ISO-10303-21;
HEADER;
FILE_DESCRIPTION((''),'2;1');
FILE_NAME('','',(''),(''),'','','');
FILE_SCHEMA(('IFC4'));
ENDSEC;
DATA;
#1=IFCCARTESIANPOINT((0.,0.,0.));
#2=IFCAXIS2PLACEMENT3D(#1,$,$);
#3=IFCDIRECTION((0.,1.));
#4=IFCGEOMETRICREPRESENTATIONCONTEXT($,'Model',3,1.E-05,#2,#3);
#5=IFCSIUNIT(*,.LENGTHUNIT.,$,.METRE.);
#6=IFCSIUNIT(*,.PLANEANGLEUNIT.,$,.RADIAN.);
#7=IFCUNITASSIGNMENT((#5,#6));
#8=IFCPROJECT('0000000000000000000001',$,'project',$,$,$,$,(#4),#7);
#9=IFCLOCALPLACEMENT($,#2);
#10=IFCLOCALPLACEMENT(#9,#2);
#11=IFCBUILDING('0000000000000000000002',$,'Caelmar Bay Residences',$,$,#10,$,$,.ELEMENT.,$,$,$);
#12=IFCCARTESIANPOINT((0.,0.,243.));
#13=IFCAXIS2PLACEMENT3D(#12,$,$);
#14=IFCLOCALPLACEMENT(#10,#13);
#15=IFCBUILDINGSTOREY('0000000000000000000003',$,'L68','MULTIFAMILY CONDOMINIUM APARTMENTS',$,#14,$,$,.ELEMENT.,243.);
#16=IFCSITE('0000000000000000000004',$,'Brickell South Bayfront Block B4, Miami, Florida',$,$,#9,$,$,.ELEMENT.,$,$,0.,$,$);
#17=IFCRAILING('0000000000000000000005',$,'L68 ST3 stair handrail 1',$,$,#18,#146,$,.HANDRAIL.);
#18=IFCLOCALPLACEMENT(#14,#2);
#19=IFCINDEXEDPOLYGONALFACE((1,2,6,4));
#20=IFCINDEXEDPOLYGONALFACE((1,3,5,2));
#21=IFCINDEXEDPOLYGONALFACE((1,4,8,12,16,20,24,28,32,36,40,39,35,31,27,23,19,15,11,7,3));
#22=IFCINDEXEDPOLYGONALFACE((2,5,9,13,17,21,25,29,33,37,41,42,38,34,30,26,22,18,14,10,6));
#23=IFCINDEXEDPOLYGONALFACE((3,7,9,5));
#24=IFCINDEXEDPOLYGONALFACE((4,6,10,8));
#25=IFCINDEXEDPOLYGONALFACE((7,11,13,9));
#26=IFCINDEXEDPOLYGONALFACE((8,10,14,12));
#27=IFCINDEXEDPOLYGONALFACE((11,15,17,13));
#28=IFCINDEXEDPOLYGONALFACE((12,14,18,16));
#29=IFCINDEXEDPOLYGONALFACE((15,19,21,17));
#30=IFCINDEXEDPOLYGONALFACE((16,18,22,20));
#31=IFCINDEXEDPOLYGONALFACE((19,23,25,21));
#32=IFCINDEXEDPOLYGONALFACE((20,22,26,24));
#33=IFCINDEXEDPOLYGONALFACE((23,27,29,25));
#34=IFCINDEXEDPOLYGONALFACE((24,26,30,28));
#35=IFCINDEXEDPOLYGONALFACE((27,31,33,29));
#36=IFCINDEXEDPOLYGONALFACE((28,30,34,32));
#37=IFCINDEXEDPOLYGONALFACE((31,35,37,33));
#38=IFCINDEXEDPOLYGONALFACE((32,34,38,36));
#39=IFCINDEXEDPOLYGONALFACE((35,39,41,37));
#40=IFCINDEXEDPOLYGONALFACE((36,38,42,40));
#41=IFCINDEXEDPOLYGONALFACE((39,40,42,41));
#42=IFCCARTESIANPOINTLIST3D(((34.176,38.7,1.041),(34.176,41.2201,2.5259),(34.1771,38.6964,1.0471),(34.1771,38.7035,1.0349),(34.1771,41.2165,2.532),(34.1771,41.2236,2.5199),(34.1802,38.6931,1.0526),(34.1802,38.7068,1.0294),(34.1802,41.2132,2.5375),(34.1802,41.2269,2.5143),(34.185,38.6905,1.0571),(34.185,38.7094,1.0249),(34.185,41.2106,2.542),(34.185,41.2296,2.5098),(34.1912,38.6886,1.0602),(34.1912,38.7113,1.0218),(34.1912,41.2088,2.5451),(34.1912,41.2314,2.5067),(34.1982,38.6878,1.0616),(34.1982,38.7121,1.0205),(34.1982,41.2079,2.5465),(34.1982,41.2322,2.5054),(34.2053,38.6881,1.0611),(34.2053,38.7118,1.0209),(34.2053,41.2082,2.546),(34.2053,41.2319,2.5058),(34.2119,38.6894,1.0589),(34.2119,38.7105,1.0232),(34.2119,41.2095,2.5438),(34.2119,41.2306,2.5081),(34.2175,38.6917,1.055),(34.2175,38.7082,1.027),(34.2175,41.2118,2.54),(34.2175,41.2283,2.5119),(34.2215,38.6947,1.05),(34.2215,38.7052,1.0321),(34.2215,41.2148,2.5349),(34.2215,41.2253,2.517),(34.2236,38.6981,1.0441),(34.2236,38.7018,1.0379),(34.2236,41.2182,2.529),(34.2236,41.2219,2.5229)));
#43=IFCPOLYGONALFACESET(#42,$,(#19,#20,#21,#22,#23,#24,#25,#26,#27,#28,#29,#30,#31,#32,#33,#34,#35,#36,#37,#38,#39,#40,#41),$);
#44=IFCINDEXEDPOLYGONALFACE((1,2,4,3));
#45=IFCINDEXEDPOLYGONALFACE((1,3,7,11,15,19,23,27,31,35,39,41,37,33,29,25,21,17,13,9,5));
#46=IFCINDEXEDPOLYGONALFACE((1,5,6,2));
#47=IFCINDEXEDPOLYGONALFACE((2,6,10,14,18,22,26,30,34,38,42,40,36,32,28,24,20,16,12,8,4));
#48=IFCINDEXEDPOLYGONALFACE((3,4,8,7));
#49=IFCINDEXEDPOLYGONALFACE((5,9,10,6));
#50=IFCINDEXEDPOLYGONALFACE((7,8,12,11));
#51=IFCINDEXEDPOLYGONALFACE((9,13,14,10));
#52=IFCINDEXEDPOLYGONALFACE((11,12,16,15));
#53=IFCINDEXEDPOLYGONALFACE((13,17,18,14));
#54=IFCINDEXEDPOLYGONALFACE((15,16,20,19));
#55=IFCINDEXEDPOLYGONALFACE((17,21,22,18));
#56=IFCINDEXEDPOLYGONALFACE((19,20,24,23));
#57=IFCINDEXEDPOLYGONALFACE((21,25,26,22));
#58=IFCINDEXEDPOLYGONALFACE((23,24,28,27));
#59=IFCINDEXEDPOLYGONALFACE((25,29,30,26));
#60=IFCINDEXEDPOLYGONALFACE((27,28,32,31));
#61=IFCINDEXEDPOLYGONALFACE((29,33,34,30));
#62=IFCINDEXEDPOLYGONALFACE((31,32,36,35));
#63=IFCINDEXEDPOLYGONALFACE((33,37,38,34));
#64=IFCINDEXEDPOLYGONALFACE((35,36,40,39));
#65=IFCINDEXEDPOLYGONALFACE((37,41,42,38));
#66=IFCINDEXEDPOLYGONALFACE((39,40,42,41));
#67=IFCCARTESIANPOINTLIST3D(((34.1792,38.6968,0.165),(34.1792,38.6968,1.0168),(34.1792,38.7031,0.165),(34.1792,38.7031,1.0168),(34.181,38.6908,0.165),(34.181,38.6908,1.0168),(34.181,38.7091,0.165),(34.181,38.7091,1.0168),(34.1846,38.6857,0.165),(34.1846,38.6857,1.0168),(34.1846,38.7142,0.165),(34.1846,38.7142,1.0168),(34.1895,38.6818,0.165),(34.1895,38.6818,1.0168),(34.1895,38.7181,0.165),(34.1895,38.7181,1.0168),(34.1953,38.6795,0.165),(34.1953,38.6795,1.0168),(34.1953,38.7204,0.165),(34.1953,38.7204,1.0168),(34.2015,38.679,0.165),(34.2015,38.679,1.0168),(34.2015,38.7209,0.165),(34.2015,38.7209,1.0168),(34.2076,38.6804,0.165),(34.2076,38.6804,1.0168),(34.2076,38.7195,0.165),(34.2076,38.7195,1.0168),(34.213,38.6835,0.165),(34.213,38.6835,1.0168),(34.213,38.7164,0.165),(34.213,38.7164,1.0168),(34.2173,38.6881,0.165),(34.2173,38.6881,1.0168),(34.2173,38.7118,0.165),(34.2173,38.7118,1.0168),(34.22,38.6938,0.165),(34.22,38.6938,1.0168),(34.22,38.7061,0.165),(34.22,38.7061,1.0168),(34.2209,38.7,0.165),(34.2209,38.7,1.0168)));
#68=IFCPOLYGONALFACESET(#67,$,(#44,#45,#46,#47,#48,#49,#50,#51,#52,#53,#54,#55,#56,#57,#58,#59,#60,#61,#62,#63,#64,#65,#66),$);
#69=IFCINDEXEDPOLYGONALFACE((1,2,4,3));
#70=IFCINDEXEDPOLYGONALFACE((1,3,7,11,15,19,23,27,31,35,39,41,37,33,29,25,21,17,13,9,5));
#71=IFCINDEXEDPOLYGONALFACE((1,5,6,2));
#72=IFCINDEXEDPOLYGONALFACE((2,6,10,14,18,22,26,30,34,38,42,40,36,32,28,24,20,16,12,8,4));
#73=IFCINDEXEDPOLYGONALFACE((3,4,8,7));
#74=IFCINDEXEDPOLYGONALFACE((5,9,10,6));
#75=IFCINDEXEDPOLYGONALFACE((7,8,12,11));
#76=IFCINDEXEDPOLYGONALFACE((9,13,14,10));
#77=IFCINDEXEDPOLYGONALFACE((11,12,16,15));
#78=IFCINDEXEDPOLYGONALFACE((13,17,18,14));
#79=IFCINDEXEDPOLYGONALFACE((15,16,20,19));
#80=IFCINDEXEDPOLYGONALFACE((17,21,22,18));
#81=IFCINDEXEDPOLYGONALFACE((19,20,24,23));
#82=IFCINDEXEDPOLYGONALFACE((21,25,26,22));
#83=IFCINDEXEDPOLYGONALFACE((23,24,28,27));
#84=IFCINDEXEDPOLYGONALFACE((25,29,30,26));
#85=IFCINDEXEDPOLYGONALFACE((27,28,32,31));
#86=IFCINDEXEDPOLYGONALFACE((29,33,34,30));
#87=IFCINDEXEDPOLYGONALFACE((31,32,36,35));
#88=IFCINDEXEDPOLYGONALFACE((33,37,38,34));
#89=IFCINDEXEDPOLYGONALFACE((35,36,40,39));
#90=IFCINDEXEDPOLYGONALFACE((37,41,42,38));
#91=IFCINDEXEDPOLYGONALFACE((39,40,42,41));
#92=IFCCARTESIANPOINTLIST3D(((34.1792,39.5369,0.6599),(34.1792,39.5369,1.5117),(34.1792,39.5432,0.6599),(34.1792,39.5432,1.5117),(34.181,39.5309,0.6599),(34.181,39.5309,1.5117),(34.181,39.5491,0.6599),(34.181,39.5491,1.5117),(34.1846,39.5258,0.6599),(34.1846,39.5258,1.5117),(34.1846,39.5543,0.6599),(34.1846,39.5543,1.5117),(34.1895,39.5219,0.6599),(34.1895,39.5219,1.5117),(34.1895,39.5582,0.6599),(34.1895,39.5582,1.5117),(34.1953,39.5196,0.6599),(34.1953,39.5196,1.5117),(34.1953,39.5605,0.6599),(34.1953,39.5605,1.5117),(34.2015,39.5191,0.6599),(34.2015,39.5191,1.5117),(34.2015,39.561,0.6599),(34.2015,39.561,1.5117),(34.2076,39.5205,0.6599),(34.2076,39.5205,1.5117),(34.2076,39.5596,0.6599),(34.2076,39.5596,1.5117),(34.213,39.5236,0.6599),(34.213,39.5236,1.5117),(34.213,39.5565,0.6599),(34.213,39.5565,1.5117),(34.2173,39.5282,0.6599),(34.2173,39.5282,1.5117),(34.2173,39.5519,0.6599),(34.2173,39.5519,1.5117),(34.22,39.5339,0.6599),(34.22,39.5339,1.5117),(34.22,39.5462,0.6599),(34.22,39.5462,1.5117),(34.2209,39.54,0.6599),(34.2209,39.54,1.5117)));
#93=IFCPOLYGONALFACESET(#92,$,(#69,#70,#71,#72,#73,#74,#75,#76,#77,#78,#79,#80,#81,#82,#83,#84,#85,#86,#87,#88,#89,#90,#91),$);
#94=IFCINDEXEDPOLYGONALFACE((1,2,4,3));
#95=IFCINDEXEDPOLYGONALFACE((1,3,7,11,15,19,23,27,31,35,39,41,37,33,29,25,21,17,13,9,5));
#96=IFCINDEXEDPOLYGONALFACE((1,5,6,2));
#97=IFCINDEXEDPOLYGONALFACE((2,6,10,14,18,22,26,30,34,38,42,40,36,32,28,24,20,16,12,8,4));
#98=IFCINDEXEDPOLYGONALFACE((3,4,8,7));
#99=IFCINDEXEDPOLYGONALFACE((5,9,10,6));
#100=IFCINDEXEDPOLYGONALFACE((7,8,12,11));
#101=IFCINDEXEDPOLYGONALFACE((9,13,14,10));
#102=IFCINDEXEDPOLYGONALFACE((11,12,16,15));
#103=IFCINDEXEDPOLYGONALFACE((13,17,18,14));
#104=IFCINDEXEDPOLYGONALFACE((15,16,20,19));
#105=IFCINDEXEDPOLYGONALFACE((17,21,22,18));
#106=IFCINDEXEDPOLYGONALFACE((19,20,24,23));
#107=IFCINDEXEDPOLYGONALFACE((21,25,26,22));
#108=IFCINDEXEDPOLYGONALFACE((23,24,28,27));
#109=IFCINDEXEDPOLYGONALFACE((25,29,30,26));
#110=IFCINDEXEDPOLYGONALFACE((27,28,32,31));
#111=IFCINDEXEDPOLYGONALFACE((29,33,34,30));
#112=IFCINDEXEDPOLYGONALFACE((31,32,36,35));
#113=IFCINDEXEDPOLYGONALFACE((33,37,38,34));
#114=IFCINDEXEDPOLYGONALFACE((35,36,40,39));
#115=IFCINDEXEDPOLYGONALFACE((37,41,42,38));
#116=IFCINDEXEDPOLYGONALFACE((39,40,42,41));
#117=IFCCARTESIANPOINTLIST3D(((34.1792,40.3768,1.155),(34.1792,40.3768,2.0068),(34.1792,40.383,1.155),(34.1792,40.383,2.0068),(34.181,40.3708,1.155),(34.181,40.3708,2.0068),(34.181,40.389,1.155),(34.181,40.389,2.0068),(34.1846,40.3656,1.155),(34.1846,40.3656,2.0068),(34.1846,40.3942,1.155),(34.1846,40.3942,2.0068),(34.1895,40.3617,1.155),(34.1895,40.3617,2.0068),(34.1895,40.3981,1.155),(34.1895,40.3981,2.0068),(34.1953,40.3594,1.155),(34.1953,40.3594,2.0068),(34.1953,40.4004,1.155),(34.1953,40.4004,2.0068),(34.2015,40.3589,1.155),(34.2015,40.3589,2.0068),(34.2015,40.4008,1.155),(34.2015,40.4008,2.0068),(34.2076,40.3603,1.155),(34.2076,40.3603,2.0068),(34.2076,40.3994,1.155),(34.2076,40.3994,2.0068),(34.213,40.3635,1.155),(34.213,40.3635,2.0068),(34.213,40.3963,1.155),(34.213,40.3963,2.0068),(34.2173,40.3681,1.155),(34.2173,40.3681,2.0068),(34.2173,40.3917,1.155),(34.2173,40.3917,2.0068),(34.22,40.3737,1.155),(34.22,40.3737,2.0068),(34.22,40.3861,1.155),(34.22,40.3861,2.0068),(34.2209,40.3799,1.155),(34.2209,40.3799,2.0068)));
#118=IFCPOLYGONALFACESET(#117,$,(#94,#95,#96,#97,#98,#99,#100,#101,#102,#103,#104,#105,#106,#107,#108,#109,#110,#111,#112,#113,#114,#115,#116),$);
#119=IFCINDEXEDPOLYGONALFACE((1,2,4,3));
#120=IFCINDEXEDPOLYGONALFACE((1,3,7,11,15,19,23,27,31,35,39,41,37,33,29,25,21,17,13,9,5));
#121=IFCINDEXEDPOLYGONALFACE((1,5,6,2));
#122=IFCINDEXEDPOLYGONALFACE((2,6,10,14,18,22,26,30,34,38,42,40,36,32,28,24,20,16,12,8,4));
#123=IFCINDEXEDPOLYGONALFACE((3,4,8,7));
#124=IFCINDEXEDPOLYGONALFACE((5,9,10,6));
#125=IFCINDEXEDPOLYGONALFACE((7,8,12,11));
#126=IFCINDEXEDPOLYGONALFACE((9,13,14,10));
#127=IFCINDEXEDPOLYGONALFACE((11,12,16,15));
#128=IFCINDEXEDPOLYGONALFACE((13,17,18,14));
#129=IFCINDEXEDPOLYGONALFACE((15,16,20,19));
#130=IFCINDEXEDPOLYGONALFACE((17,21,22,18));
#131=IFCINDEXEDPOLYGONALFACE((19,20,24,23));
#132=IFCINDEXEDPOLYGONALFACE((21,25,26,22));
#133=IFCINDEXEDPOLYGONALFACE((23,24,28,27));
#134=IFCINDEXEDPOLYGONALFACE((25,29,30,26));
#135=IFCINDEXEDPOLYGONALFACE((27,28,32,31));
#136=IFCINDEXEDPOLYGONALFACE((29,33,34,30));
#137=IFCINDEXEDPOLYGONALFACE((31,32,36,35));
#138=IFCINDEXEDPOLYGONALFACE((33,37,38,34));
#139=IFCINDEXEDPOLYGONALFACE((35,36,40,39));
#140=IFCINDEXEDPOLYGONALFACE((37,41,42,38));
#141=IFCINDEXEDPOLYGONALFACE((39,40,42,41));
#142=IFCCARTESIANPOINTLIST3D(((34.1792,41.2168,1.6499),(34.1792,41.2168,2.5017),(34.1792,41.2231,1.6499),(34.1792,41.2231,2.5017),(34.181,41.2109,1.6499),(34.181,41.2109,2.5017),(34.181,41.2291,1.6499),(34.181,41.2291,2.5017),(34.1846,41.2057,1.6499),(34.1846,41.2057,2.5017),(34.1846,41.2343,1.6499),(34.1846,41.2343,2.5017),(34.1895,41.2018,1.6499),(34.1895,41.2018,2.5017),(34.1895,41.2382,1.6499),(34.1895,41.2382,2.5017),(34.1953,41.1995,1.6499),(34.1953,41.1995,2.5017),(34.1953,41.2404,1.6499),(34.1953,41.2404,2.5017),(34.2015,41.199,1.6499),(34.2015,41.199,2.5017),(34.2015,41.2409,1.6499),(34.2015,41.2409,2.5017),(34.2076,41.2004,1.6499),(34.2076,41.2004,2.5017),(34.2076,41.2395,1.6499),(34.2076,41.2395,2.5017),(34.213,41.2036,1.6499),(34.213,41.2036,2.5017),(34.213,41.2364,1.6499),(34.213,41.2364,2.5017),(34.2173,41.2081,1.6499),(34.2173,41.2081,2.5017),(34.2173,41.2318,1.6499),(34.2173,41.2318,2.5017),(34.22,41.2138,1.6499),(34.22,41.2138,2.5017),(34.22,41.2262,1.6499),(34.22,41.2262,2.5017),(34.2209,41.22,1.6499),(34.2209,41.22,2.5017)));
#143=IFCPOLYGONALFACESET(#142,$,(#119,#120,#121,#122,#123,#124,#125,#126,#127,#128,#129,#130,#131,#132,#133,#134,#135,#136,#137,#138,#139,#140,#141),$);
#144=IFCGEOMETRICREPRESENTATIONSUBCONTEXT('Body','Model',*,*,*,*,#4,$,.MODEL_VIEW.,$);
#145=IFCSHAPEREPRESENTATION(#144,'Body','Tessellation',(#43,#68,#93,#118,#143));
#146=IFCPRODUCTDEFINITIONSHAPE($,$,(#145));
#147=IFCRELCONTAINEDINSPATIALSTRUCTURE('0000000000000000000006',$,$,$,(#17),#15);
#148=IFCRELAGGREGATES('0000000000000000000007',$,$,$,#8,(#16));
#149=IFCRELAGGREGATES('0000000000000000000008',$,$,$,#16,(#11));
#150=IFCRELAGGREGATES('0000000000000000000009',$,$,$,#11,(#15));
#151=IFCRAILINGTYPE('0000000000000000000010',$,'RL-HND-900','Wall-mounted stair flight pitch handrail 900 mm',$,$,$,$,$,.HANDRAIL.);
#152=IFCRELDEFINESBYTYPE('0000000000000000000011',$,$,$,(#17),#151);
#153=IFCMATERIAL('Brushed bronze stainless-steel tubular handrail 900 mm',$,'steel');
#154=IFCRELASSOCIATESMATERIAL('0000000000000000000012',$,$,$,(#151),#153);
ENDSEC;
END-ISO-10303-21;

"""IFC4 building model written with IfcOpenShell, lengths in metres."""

from ifc_helpers import new_model, si_unit, direction, frame, origin, origin_2d, place, context, subcontext, project, spatial, circle, extrude, material, type_object, element, save


model = new_model("IFC4")

# Units and contexts
model_context = context("Model", 3, precision=1e-05, world=origin(), true_north=direction((0.0, 1.0)))
body_context = subcontext(model_context, "Body", "Model", "MODEL_VIEW")
ifc_project = project(units=[si_unit("LENGTHUNIT", "METRE"), si_unit("PLANEANGLEUNIT", "RADIAN")], contexts=[model_context])

# Site, building, storey
site_placement = place(None, origin())
site = spatial("IfcSite", under=ifc_project, at=site_placement, Name="Brickell South Bayfront Block B4, Miami, Florida", CompositionType="ELEMENT", RefElevation=0.0)
building_placement = place(site_placement, origin())
building = spatial("IfcBuilding", under=site, at=building_placement, Name="Caelmar Bay Residences", CompositionType="ELEMENT")
storey_placement = place(building_placement, frame((0.0, 0.0, 243.0)))
storey = spatial("IfcBuildingStorey", under=building, at=storey_placement, Name="L68", Description="MULTIFAMILY CONDOMINIUM APARTMENTS", CompositionType="ELEMENT", Elevation=243.0)

# Railing
ifc_material_1 = material(Name="Brushed bronze stainless-steel tubular handrail 900 mm", Category="steel")
railing_type_1 = type_object("IfcRailingType", Name="RL-HND-900", Description="Wall-mounted stair flight pitch handrail 900 mm", PredefinedType="HANDRAIL", material=ifc_material_1)
railing_1_placement = place(storey_placement, frame((34.2, 38.7, 0.165)))
element("IfcRailing", 1, at=railing_1_placement, inside=storey, type_object=railing_type_1, Name="L68 ST3 stair handrail 1", PredefinedType="HANDRAIL", context=body_context, shape_type="SweptSolid", body=[
    extrude(circle(Radius=0.0239, at=origin_2d()), frame((0.0, 0.0, 0.876), z_axis=(0.0, 0.861561, 0.507655), x_axis=(-1.0, 0.0, 0.0)), (0.0, 0.0, 1.0), 2.925),
    extrude(circle(Radius=0.021, at=origin_2d()), origin(), (0.0, 0.0, 1.0), 0.8518),
    extrude(circle(Radius=0.021, at=origin_2d()), frame((0.0, 0.8401, 0.4949)), (0.0, 0.0, 1.0), 0.8518),
    extrude(circle(Radius=0.021, at=origin_2d()), frame((0.0, 1.6799, 0.99)), (0.0, 0.0, 1.0), 0.8518),
    extrude(circle(Radius=0.021, at=origin_2d()), frame((0.0, 2.52, 1.4849)), (0.0, 0.0, 1.0), 0.8518),
])

save(model, "model.ifc")
